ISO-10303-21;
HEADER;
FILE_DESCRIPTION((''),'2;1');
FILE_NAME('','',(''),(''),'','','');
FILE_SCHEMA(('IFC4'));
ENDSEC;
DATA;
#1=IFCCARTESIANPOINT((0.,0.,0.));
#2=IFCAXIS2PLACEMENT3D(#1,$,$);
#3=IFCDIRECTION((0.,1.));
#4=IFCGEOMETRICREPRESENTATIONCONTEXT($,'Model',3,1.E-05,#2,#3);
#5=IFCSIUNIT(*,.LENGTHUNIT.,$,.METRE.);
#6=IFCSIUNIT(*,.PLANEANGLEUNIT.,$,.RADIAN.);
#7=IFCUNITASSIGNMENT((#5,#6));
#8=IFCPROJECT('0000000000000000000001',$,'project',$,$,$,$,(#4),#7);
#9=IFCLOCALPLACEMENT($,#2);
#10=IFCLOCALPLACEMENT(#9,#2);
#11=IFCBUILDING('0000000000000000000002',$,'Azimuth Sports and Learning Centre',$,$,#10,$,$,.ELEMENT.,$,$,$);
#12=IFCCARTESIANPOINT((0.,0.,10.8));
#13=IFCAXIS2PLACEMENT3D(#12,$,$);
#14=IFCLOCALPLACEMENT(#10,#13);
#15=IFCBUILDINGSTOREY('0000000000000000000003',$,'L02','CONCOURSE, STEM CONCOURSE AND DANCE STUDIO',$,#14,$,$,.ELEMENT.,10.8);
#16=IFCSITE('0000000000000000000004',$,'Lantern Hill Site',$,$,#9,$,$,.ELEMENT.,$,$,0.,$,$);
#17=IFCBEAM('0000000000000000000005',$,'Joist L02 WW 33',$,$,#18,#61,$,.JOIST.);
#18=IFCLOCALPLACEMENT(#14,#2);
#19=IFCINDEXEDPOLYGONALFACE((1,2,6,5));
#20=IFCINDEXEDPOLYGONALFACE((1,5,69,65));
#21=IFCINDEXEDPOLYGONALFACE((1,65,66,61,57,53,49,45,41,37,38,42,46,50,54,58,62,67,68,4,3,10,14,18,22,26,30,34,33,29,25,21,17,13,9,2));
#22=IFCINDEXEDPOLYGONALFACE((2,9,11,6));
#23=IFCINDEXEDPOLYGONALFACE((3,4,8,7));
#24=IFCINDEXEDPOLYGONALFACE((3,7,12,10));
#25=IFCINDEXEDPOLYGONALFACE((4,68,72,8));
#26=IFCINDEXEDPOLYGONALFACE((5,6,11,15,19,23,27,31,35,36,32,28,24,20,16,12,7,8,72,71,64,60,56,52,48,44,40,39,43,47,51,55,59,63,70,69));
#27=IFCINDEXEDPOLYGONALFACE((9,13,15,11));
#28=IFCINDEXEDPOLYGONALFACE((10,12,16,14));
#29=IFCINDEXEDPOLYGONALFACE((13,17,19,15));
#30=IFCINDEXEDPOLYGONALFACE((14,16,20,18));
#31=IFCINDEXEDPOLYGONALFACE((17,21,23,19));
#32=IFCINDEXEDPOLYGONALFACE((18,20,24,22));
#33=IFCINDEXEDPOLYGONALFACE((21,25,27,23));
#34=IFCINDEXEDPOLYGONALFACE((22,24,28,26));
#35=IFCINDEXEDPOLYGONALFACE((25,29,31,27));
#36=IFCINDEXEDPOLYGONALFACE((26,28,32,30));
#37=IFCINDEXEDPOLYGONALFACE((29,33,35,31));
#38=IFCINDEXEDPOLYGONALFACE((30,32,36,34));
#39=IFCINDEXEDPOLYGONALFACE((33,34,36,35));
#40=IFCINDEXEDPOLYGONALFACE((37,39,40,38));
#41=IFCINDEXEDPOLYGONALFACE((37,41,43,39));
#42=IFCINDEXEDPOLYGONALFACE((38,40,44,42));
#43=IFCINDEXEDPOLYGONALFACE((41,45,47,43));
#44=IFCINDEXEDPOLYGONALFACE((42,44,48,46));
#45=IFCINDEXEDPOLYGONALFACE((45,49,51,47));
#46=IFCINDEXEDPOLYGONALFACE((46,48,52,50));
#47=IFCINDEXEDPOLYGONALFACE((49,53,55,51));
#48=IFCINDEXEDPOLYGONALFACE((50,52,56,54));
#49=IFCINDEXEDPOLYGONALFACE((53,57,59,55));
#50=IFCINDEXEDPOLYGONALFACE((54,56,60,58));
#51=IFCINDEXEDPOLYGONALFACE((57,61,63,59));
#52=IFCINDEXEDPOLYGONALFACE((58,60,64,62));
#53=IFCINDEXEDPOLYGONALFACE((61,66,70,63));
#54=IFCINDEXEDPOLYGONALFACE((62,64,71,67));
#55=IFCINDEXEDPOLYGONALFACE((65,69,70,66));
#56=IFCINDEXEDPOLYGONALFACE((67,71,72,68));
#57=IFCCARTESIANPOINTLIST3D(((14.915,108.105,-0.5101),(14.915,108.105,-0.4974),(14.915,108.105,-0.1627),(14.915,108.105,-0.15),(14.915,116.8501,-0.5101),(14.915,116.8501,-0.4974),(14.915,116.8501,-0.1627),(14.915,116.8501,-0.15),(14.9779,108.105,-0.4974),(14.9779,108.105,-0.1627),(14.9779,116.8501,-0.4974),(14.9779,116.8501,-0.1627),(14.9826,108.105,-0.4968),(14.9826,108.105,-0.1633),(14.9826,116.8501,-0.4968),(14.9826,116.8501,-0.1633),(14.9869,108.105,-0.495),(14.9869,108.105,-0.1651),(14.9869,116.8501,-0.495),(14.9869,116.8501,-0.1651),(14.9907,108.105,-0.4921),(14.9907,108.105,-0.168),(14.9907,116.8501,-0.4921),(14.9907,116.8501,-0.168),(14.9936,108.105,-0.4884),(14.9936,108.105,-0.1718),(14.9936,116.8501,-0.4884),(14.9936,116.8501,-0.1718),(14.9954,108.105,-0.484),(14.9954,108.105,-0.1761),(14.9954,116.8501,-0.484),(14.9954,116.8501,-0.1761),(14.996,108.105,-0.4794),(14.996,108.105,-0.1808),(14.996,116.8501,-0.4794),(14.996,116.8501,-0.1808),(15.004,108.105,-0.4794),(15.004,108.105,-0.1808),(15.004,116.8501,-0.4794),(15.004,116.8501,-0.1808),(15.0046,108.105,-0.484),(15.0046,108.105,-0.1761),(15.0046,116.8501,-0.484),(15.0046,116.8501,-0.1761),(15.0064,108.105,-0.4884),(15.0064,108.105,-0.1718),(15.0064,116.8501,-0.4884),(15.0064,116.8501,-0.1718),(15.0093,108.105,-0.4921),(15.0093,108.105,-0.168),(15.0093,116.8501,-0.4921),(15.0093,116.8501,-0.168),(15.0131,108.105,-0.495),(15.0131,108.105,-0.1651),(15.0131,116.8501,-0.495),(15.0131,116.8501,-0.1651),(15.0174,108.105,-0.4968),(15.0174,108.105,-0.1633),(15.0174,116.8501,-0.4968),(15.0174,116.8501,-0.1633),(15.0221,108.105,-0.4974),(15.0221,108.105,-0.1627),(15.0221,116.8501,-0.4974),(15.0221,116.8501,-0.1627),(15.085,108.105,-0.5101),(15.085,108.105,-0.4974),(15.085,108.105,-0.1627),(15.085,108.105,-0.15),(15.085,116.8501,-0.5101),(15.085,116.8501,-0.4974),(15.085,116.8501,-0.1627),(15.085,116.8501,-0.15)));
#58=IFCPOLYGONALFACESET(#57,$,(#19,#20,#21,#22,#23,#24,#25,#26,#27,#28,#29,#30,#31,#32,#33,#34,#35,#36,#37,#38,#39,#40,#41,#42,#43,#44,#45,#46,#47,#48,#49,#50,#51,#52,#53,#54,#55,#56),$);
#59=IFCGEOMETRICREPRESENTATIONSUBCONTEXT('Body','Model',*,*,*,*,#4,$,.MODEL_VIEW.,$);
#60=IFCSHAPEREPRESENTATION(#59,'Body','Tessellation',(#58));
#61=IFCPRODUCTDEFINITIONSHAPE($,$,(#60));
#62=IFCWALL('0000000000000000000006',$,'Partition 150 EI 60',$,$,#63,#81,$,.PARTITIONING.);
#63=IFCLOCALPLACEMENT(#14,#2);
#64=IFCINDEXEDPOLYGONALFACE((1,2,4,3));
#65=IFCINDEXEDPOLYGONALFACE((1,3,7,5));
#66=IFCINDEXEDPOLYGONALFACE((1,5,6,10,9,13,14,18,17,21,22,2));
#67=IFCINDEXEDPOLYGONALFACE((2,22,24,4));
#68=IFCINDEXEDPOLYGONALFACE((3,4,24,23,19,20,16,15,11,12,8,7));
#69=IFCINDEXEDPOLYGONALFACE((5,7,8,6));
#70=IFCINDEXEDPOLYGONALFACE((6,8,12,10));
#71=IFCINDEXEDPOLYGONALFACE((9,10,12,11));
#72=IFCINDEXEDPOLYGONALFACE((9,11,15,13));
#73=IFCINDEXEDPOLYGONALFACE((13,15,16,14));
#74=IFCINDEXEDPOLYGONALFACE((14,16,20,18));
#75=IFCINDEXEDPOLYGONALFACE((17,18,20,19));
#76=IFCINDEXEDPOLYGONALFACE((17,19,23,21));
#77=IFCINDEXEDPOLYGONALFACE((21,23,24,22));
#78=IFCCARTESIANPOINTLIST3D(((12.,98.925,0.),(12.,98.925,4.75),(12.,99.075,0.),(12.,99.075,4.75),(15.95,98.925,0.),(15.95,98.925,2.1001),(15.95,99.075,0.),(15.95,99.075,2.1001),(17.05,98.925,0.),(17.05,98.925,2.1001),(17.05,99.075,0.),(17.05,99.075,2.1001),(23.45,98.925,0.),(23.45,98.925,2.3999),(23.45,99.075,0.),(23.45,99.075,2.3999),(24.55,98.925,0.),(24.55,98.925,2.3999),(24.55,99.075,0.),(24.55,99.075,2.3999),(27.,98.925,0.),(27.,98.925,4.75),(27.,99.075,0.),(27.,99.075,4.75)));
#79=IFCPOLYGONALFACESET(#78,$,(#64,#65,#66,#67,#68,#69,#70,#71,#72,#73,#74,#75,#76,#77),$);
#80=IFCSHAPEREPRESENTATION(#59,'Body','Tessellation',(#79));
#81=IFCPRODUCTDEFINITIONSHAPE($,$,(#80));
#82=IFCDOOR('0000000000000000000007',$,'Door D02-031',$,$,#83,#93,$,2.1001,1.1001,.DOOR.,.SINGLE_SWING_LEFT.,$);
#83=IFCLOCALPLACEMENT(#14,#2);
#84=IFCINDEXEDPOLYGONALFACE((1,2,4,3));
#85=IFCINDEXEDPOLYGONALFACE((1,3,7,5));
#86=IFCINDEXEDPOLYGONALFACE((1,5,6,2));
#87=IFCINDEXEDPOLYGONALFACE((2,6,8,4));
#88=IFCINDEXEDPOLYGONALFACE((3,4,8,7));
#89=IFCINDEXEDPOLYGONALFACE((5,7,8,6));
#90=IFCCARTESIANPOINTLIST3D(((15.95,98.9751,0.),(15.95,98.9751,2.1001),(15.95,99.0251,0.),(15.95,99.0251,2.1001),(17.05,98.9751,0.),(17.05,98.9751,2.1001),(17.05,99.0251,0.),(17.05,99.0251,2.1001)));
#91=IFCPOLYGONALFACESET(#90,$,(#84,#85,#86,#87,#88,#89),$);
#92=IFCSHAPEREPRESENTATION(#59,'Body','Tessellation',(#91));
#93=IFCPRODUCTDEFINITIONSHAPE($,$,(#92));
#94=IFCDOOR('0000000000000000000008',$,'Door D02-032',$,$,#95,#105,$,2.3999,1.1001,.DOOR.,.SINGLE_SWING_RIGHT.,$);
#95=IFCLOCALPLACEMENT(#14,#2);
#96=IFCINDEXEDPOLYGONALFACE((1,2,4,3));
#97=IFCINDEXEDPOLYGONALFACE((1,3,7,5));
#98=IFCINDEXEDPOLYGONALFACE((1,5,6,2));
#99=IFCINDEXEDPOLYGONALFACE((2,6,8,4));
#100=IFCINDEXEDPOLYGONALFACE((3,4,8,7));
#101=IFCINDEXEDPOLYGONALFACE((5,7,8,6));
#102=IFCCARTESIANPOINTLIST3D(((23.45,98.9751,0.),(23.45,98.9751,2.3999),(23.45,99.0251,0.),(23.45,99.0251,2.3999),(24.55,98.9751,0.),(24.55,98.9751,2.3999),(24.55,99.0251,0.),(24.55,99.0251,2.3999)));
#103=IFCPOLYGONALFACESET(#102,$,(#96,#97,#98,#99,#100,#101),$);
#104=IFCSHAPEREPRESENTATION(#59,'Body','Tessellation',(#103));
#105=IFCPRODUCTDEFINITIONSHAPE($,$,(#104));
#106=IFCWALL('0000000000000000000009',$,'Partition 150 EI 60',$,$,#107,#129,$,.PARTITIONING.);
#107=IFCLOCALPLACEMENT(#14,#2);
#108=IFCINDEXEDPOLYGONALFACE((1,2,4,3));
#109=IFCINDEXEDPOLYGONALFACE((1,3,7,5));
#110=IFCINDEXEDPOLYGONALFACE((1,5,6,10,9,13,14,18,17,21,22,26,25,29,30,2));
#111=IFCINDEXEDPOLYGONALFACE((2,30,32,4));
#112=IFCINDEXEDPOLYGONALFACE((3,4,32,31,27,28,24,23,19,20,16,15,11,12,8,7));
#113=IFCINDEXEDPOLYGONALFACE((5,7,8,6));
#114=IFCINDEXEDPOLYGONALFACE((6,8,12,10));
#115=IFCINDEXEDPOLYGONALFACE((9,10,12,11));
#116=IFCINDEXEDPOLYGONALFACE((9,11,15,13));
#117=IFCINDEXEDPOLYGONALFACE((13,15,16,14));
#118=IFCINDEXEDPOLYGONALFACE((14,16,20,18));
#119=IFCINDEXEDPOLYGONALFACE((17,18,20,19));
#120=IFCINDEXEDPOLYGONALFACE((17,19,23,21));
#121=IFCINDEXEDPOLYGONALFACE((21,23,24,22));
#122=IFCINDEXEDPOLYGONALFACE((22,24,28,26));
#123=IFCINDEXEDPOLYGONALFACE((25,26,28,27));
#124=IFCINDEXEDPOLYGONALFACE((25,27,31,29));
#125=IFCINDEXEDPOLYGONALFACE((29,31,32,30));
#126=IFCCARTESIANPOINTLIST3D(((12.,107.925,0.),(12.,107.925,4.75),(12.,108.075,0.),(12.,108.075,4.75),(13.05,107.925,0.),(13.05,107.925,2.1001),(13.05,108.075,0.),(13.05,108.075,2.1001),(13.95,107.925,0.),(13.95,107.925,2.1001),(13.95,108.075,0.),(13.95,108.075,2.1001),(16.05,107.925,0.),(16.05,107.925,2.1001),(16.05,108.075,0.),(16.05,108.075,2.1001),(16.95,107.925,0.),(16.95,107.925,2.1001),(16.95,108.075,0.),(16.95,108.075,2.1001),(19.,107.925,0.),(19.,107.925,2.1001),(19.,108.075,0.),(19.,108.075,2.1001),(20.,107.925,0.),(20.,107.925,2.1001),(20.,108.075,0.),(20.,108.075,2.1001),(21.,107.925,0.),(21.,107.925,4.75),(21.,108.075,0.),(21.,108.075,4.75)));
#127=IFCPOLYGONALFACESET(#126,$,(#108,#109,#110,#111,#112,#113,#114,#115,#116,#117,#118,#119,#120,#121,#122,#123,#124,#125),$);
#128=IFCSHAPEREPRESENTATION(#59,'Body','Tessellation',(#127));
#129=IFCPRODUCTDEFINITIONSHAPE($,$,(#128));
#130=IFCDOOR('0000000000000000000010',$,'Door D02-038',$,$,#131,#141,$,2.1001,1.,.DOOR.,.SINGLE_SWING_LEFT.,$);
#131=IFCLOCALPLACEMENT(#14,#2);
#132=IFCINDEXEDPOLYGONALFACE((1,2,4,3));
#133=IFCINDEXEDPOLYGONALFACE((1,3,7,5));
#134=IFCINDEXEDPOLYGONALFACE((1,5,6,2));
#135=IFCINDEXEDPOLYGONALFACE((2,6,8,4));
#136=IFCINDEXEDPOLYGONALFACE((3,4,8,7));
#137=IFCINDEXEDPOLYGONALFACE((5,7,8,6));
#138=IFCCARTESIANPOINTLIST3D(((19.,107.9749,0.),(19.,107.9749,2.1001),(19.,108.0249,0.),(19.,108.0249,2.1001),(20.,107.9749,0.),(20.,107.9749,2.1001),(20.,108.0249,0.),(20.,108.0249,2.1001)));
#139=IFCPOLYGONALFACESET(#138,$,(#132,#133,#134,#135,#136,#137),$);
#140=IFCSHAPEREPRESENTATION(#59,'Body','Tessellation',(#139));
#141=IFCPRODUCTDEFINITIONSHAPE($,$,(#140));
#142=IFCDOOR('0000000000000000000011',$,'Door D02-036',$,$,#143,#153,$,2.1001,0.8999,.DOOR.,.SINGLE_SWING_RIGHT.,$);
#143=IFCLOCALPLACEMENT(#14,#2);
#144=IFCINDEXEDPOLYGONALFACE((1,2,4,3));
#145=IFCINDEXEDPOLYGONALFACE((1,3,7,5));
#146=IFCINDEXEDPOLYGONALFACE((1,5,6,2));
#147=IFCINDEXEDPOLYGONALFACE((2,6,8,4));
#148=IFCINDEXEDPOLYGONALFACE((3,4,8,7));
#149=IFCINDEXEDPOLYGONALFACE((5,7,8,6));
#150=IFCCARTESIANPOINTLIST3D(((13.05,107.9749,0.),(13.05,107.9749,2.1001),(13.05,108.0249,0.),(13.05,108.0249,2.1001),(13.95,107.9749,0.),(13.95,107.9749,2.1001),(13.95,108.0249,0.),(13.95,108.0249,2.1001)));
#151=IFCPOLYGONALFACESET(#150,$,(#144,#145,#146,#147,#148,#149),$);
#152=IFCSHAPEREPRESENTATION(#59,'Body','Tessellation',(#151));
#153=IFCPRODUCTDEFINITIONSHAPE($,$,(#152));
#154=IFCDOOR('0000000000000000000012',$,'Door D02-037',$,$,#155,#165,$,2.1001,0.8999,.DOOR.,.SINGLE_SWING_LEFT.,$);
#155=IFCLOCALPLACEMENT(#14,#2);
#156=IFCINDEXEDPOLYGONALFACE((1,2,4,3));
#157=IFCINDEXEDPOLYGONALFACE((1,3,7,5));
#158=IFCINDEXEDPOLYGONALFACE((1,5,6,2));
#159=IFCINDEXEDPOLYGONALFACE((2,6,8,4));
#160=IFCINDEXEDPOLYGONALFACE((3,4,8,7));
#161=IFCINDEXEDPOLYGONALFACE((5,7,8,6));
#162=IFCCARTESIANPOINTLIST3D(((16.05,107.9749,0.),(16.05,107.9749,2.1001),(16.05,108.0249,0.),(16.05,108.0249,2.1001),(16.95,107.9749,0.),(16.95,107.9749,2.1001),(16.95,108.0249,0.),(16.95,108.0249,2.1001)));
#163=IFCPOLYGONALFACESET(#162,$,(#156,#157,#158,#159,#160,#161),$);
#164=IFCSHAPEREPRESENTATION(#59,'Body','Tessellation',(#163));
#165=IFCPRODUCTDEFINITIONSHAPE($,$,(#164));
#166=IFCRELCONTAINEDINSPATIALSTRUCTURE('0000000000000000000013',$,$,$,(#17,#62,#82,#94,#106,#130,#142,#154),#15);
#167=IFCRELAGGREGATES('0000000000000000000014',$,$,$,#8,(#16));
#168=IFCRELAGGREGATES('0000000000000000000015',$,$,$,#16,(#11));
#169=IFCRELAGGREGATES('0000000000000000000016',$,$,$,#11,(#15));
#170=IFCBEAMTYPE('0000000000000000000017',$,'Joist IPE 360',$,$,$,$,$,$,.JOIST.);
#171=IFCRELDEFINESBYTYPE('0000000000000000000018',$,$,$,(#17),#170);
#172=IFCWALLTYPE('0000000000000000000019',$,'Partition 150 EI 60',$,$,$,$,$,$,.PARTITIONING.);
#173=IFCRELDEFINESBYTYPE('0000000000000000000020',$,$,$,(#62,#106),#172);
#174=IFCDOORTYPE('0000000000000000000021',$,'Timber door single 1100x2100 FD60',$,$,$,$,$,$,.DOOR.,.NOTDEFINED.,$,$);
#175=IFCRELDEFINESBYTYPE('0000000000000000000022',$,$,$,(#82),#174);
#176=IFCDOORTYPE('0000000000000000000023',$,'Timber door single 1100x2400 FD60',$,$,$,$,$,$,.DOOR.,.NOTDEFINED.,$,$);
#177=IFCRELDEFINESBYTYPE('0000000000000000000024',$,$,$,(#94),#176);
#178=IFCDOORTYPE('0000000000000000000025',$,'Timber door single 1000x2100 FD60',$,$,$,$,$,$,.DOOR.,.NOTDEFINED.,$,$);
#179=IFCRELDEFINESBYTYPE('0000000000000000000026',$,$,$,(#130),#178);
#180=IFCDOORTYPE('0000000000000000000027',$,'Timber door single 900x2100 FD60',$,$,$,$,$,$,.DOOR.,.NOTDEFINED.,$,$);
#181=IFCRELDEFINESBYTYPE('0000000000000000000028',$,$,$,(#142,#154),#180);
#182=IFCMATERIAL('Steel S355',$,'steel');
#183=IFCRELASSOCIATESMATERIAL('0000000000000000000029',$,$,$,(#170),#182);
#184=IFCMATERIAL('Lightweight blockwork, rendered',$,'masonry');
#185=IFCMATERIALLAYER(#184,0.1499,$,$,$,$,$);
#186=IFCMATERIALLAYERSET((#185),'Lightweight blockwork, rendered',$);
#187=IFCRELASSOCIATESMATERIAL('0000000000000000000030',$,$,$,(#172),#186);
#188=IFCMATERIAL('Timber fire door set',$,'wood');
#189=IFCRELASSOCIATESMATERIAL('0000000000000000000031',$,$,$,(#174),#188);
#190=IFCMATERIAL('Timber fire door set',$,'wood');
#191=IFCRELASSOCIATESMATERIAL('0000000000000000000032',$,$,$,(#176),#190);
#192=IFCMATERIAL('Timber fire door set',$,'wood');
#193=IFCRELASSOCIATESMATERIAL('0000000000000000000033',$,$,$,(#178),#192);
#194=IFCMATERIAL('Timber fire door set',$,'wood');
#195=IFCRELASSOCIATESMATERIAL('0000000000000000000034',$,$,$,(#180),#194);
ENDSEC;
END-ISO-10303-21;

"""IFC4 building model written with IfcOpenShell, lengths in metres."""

from ifc_helpers import new_model, si_unit, direction, frame, frame_2d, origin, origin_2d, place, context, subcontext, project, spatial, rectangle, i_section, extrude, material, layer, layer_set, material_profile, profile_set, type_object, element, fill, save


model = new_model("IFC4")

# Units and contexts
model_context = context("Model", 3, precision=1e-05, world=origin(), true_north=direction((0.0, 1.0)))
body_context = subcontext(model_context, "Body", "Model", "MODEL_VIEW")
ifc_project = project(units=[si_unit("LENGTHUNIT", "METRE"), si_unit("PLANEANGLEUNIT", "RADIAN")], contexts=[model_context])

# Site, building, storey
site_placement = place(None, origin())
site = spatial("IfcSite", under=ifc_project, at=site_placement, Name="Lantern Hill Site", CompositionType="ELEMENT", RefElevation=0.0)
building_placement = place(site_placement, origin())
building = spatial("IfcBuilding", under=site, at=building_placement, Name="Azimuth Sports and Learning Centre", CompositionType="ELEMENT")
storey_placement = place(building_placement, frame((0.0, 0.0, 10.8)))
storey = spatial("IfcBuildingStorey", under=building, at=storey_placement, Name="L02", Description="CONCOURSE, STEM CONCOURSE AND DANCE STUDIO", CompositionType="ELEMENT", Elevation=10.8)

# Beam
ifc_material_1 = material(Name="Steel S355", Category="steel")
ifc_material_profile_1 = material_profile(ifc_material_1, i_section(OverallWidth=0.1699, OverallDepth=0.3601, WebThickness=0.0081, FlangeThickness=0.0127, FilletRadius=0.0181, at=origin_2d()), Name="IPE 360")
ifc_profile_set_1 = profile_set([ifc_material_profile_1], Name="Steel S355")
beam_type_1 = type_object("IfcBeamType", Name="Joist IPE 360", PredefinedType="JOIST", material=ifc_profile_set_1)
beam_1_placement = place(storey_placement, frame((15.0, 108.105, -0.3301), z_axis=(0.0, 1.0, 0.0), x_axis=(-1.0, 0.0, 0.0)))
element("IfcBeam", 1, at=beam_1_placement, inside=storey, type_object=beam_type_1, Name="Joist L02 WW 33", PredefinedType="JOIST", context=body_context, shape_type="SweptSolid", body=[
    extrude(i_section(OverallWidth=0.1699, OverallDepth=0.3601, WebThickness=0.0081, FlangeThickness=0.0127, FilletRadius=0.0181, at=origin_2d()), origin(), (0.0, 0.0, 1.0), 8.7451),
])

# Walls, openings, doors
ifc_material_2 = material(Name="Lightweight blockwork, rendered", Category="masonry")
ifc_layer_1 = layer(ifc_material_2, 0.1499)
ifc_layer_set_1 = layer_set([ifc_layer_1], Name="Lightweight blockwork, rendered")
wall_type_1 = type_object("IfcWallType", Name="Partition 150 EI 60", PredefinedType="PARTITIONING", material=ifc_layer_set_1)
wall_1_placement = place(storey_placement, frame((12.0, 99.0, 0.0), z_axis=(0.0, 0.0, 1.0), x_axis=(1.0, 0.0, 0.0)))
wall_1 = element("IfcWall", 2, at=wall_1_placement, inside=storey, type_object=wall_type_1, Name="Partition 150 EI 60", PredefinedType="PARTITIONING", context=body_context, shape_type="SweptSolid", body=[
    extrude(rectangle(XDim=15.0, YDim=0.1499, at=frame_2d((7.5, 0.0))), origin(), (0.0, 0.0, 1.0), 4.75),
])
opening_1_placement = place(wall_1_placement, frame((3.95, 0.0, 0.0)))
opening_1 = element("IfcOpeningElement", 3, at=opening_1_placement, cuts=wall_1, PredefinedType="OPENING", context=body_context, shape_type="SweptSolid", body=[
    extrude(rectangle(XDim=1.1001, YDim=2.1001, at=frame_2d((0.55, 1.05))), frame((0.0, 0.0859, 0.0), z_axis=(0.0, -1.0, 0.0), x_axis=(1.0, 0.0, 0.0)), (0.0, 0.0, 1.0), 0.1719),
])
opening_2_placement = place(wall_1_placement, frame((11.45, 0.0, 0.0)))
opening_2 = element("IfcOpeningElement", 4, at=opening_2_placement, cuts=wall_1, PredefinedType="OPENING", context=body_context, shape_type="SweptSolid", body=[
    extrude(rectangle(XDim=1.1001, YDim=2.3999, at=frame_2d((0.55, 1.2))), frame((0.0, 0.0859, 0.0), z_axis=(0.0, -1.0, 0.0), x_axis=(1.0, 0.0, 0.0)), (0.0, 0.0, 1.0), 0.1719),
])
ifc_material_3 = material(Name="Timber fire door set", Category="wood")
door_type_1 = type_object("IfcDoorType", Name="Timber door single 1100x2100 FD60", OperationType="NOTDEFINED", PredefinedType="DOOR", material=ifc_material_3)
door_1_placement = place(opening_1_placement, frame((1.1001, 0.0, 0.0), z_axis=(0.0, 0.0, 1.0), x_axis=(-1.0, 0.0, 0.0)))
door_1 = element("IfcDoor", 5, at=door_1_placement, inside=storey, type_object=door_type_1, Name="Door D02-031", OperationType="SINGLE_SWING_LEFT", OverallHeight=2.1001, OverallWidth=1.1001, PredefinedType="DOOR", context=body_context, shape_type="SweptSolid", body=[
    extrude(rectangle(XDim=1.1001, YDim=2.1001, at=frame_2d((0.55, 1.05))), frame((0.0, 0.0249, 0.0), z_axis=(0.0, -1.0, 0.0), x_axis=(1.0, 0.0, 0.0)), (0.0, 0.0, 1.0), 0.05),
])
fill(opening_1, door_1)
ifc_material_4 = material(Name="Timber fire door set", Category="wood")
door_type_2 = type_object("IfcDoorType", Name="Timber door single 1100x2400 FD60", OperationType="NOTDEFINED", PredefinedType="DOOR", material=ifc_material_4)
door_2_placement = place(opening_2_placement, frame((1.1001, 0.0, 0.0), z_axis=(0.0, 0.0, 1.0), x_axis=(-1.0, 0.0, 0.0)))
door_2 = element("IfcDoor", 6, at=door_2_placement, inside=storey, type_object=door_type_2, Name="Door D02-032", OperationType="SINGLE_SWING_RIGHT", OverallHeight=2.3999, OverallWidth=1.1001, PredefinedType="DOOR", context=body_context, shape_type="SweptSolid", body=[
    extrude(rectangle(XDim=1.1001, YDim=2.3999, at=frame_2d((0.55, 1.2))), frame((0.0, 0.0249, 0.0), z_axis=(0.0, -1.0, 0.0), x_axis=(1.0, 0.0, 0.0)), (0.0, 0.0, 1.0), 0.05),
])
fill(opening_2, door_2)
wall_2_placement = place(storey_placement, frame((12.0, 108.0, 0.0), z_axis=(0.0, 0.0, 1.0), x_axis=(1.0, 0.0, 0.0)))
wall_2 = element("IfcWall", 7, at=wall_2_placement, inside=storey, type_object=wall_type_1, Name="Partition 150 EI 60", PredefinedType="PARTITIONING", context=body_context, shape_type="SweptSolid", body=[
    extrude(rectangle(XDim=9.0, YDim=0.1499, at=frame_2d((4.5, 0.0))), origin(), (0.0, 0.0, 1.0), 4.75),
])
opening_3_placement = place(wall_2_placement, frame((1.05, 0.0, 0.0)))
opening_3 = element("IfcOpeningElement", 8, at=opening_3_placement, cuts=wall_2, PredefinedType="OPENING", context=body_context, shape_type="SweptSolid", body=[
    extrude(rectangle(XDim=0.8999, YDim=2.1001, at=frame_2d((0.45, 1.05))), frame((0.0, 0.0859, 0.0), z_axis=(0.0, -1.0, 0.0), x_axis=(1.0, 0.0, 0.0)), (0.0, 0.0, 1.0), 0.1719),
])
opening_4_placement = place(wall_2_placement, frame((4.05, 0.0, 0.0)))
opening_4 = element("IfcOpeningElement", 9, at=opening_4_placement, cuts=wall_2, PredefinedType="OPENING", context=body_context, shape_type="SweptSolid", body=[
    extrude(rectangle(XDim=0.8999, YDim=2.1001, at=frame_2d((0.45, 1.05))), frame((0.0, 0.0859, 0.0), z_axis=(0.0, -1.0, 0.0), x_axis=(1.0, 0.0, 0.0)), (0.0, 0.0, 1.0), 0.1719),
])
opening_5_placement = place(wall_2_placement, frame((7.0, 0.0, 0.0)))
opening_5 = element("IfcOpeningElement", 10, at=opening_5_placement, cuts=wall_2, PredefinedType="OPENING", context=body_context, shape_type="SweptSolid", body=[
    extrude(rectangle(XDim=1.0, YDim=2.1001, at=frame_2d((0.5, 1.05))), frame((0.0, 0.0859, 0.0), z_axis=(0.0, -1.0, 0.0), x_axis=(1.0, 0.0, 0.0)), (0.0, 0.0, 1.0), 0.1719),
])
ifc_material_5 = material(Name="Timber fire door set", Category="wood")
door_type_3 = type_object("IfcDoorType", Name="Timber door single 1000x2100 FD60", OperationType="NOTDEFINED", PredefinedType="DOOR", material=ifc_material_5)
door_3_placement = place(opening_5_placement, origin())
door_3 = element("IfcDoor", 11, at=door_3_placement, inside=storey, type_object=door_type_3, Name="Door D02-038", OperationType="SINGLE_SWING_LEFT", OverallHeight=2.1001, OverallWidth=1.0, PredefinedType="DOOR", context=body_context, shape_type="SweptSolid", body=[
    extrude(rectangle(XDim=1.0, YDim=2.1001, at=frame_2d((0.5, 1.05))), frame((0.0, 0.0249, 0.0), z_axis=(0.0, -1.0, 0.0), x_axis=(1.0, 0.0, 0.0)), (0.0, 0.0, 1.0), 0.05),
])
fill(opening_5, door_3)
ifc_material_6 = material(Name="Timber fire door set", Category="wood")
door_type_4 = type_object("IfcDoorType", Name="Timber door single 900x2100 FD60", OperationType="NOTDEFINED", PredefinedType="DOOR", material=ifc_material_6)
door_4_placement = place(opening_3_placement, origin())
door_4 = element("IfcDoor", 12, at=door_4_placement, inside=storey, type_object=door_type_4, Name="Door D02-036", OperationType="SINGLE_SWING_RIGHT", OverallHeight=2.1001, OverallWidth=0.8999, PredefinedType="DOOR", context=body_context, shape_type="SweptSolid", body=[
    extrude(rectangle(XDim=0.8999, YDim=2.1001, at=frame_2d((0.45, 1.05))), frame((0.0, 0.0249, 0.0), z_axis=(0.0, -1.0, 0.0), x_axis=(1.0, 0.0, 0.0)), (0.0, 0.0, 1.0), 0.05),
])
fill(opening_3, door_4)
door_5_placement = place(opening_4_placement, origin())
door_5 = element("IfcDoor", 13, at=door_5_placement, inside=storey, type_object=door_type_4, Name="Door D02-037", OperationType="SINGLE_SWING_LEFT", OverallHeight=2.1001, OverallWidth=0.8999, PredefinedType="DOOR", context=body_context, shape_type="SweptSolid", body=[
    extrude(rectangle(XDim=0.8999, YDim=2.1001, at=frame_2d((0.45, 1.05))), frame((0.0, 0.0249, 0.0), z_axis=(0.0, -1.0, 0.0), x_axis=(1.0, 0.0, 0.0)), (0.0, 0.0, 1.0), 0.05),
])
fill(opening_4, door_5)

save(model, "model.ifc")
